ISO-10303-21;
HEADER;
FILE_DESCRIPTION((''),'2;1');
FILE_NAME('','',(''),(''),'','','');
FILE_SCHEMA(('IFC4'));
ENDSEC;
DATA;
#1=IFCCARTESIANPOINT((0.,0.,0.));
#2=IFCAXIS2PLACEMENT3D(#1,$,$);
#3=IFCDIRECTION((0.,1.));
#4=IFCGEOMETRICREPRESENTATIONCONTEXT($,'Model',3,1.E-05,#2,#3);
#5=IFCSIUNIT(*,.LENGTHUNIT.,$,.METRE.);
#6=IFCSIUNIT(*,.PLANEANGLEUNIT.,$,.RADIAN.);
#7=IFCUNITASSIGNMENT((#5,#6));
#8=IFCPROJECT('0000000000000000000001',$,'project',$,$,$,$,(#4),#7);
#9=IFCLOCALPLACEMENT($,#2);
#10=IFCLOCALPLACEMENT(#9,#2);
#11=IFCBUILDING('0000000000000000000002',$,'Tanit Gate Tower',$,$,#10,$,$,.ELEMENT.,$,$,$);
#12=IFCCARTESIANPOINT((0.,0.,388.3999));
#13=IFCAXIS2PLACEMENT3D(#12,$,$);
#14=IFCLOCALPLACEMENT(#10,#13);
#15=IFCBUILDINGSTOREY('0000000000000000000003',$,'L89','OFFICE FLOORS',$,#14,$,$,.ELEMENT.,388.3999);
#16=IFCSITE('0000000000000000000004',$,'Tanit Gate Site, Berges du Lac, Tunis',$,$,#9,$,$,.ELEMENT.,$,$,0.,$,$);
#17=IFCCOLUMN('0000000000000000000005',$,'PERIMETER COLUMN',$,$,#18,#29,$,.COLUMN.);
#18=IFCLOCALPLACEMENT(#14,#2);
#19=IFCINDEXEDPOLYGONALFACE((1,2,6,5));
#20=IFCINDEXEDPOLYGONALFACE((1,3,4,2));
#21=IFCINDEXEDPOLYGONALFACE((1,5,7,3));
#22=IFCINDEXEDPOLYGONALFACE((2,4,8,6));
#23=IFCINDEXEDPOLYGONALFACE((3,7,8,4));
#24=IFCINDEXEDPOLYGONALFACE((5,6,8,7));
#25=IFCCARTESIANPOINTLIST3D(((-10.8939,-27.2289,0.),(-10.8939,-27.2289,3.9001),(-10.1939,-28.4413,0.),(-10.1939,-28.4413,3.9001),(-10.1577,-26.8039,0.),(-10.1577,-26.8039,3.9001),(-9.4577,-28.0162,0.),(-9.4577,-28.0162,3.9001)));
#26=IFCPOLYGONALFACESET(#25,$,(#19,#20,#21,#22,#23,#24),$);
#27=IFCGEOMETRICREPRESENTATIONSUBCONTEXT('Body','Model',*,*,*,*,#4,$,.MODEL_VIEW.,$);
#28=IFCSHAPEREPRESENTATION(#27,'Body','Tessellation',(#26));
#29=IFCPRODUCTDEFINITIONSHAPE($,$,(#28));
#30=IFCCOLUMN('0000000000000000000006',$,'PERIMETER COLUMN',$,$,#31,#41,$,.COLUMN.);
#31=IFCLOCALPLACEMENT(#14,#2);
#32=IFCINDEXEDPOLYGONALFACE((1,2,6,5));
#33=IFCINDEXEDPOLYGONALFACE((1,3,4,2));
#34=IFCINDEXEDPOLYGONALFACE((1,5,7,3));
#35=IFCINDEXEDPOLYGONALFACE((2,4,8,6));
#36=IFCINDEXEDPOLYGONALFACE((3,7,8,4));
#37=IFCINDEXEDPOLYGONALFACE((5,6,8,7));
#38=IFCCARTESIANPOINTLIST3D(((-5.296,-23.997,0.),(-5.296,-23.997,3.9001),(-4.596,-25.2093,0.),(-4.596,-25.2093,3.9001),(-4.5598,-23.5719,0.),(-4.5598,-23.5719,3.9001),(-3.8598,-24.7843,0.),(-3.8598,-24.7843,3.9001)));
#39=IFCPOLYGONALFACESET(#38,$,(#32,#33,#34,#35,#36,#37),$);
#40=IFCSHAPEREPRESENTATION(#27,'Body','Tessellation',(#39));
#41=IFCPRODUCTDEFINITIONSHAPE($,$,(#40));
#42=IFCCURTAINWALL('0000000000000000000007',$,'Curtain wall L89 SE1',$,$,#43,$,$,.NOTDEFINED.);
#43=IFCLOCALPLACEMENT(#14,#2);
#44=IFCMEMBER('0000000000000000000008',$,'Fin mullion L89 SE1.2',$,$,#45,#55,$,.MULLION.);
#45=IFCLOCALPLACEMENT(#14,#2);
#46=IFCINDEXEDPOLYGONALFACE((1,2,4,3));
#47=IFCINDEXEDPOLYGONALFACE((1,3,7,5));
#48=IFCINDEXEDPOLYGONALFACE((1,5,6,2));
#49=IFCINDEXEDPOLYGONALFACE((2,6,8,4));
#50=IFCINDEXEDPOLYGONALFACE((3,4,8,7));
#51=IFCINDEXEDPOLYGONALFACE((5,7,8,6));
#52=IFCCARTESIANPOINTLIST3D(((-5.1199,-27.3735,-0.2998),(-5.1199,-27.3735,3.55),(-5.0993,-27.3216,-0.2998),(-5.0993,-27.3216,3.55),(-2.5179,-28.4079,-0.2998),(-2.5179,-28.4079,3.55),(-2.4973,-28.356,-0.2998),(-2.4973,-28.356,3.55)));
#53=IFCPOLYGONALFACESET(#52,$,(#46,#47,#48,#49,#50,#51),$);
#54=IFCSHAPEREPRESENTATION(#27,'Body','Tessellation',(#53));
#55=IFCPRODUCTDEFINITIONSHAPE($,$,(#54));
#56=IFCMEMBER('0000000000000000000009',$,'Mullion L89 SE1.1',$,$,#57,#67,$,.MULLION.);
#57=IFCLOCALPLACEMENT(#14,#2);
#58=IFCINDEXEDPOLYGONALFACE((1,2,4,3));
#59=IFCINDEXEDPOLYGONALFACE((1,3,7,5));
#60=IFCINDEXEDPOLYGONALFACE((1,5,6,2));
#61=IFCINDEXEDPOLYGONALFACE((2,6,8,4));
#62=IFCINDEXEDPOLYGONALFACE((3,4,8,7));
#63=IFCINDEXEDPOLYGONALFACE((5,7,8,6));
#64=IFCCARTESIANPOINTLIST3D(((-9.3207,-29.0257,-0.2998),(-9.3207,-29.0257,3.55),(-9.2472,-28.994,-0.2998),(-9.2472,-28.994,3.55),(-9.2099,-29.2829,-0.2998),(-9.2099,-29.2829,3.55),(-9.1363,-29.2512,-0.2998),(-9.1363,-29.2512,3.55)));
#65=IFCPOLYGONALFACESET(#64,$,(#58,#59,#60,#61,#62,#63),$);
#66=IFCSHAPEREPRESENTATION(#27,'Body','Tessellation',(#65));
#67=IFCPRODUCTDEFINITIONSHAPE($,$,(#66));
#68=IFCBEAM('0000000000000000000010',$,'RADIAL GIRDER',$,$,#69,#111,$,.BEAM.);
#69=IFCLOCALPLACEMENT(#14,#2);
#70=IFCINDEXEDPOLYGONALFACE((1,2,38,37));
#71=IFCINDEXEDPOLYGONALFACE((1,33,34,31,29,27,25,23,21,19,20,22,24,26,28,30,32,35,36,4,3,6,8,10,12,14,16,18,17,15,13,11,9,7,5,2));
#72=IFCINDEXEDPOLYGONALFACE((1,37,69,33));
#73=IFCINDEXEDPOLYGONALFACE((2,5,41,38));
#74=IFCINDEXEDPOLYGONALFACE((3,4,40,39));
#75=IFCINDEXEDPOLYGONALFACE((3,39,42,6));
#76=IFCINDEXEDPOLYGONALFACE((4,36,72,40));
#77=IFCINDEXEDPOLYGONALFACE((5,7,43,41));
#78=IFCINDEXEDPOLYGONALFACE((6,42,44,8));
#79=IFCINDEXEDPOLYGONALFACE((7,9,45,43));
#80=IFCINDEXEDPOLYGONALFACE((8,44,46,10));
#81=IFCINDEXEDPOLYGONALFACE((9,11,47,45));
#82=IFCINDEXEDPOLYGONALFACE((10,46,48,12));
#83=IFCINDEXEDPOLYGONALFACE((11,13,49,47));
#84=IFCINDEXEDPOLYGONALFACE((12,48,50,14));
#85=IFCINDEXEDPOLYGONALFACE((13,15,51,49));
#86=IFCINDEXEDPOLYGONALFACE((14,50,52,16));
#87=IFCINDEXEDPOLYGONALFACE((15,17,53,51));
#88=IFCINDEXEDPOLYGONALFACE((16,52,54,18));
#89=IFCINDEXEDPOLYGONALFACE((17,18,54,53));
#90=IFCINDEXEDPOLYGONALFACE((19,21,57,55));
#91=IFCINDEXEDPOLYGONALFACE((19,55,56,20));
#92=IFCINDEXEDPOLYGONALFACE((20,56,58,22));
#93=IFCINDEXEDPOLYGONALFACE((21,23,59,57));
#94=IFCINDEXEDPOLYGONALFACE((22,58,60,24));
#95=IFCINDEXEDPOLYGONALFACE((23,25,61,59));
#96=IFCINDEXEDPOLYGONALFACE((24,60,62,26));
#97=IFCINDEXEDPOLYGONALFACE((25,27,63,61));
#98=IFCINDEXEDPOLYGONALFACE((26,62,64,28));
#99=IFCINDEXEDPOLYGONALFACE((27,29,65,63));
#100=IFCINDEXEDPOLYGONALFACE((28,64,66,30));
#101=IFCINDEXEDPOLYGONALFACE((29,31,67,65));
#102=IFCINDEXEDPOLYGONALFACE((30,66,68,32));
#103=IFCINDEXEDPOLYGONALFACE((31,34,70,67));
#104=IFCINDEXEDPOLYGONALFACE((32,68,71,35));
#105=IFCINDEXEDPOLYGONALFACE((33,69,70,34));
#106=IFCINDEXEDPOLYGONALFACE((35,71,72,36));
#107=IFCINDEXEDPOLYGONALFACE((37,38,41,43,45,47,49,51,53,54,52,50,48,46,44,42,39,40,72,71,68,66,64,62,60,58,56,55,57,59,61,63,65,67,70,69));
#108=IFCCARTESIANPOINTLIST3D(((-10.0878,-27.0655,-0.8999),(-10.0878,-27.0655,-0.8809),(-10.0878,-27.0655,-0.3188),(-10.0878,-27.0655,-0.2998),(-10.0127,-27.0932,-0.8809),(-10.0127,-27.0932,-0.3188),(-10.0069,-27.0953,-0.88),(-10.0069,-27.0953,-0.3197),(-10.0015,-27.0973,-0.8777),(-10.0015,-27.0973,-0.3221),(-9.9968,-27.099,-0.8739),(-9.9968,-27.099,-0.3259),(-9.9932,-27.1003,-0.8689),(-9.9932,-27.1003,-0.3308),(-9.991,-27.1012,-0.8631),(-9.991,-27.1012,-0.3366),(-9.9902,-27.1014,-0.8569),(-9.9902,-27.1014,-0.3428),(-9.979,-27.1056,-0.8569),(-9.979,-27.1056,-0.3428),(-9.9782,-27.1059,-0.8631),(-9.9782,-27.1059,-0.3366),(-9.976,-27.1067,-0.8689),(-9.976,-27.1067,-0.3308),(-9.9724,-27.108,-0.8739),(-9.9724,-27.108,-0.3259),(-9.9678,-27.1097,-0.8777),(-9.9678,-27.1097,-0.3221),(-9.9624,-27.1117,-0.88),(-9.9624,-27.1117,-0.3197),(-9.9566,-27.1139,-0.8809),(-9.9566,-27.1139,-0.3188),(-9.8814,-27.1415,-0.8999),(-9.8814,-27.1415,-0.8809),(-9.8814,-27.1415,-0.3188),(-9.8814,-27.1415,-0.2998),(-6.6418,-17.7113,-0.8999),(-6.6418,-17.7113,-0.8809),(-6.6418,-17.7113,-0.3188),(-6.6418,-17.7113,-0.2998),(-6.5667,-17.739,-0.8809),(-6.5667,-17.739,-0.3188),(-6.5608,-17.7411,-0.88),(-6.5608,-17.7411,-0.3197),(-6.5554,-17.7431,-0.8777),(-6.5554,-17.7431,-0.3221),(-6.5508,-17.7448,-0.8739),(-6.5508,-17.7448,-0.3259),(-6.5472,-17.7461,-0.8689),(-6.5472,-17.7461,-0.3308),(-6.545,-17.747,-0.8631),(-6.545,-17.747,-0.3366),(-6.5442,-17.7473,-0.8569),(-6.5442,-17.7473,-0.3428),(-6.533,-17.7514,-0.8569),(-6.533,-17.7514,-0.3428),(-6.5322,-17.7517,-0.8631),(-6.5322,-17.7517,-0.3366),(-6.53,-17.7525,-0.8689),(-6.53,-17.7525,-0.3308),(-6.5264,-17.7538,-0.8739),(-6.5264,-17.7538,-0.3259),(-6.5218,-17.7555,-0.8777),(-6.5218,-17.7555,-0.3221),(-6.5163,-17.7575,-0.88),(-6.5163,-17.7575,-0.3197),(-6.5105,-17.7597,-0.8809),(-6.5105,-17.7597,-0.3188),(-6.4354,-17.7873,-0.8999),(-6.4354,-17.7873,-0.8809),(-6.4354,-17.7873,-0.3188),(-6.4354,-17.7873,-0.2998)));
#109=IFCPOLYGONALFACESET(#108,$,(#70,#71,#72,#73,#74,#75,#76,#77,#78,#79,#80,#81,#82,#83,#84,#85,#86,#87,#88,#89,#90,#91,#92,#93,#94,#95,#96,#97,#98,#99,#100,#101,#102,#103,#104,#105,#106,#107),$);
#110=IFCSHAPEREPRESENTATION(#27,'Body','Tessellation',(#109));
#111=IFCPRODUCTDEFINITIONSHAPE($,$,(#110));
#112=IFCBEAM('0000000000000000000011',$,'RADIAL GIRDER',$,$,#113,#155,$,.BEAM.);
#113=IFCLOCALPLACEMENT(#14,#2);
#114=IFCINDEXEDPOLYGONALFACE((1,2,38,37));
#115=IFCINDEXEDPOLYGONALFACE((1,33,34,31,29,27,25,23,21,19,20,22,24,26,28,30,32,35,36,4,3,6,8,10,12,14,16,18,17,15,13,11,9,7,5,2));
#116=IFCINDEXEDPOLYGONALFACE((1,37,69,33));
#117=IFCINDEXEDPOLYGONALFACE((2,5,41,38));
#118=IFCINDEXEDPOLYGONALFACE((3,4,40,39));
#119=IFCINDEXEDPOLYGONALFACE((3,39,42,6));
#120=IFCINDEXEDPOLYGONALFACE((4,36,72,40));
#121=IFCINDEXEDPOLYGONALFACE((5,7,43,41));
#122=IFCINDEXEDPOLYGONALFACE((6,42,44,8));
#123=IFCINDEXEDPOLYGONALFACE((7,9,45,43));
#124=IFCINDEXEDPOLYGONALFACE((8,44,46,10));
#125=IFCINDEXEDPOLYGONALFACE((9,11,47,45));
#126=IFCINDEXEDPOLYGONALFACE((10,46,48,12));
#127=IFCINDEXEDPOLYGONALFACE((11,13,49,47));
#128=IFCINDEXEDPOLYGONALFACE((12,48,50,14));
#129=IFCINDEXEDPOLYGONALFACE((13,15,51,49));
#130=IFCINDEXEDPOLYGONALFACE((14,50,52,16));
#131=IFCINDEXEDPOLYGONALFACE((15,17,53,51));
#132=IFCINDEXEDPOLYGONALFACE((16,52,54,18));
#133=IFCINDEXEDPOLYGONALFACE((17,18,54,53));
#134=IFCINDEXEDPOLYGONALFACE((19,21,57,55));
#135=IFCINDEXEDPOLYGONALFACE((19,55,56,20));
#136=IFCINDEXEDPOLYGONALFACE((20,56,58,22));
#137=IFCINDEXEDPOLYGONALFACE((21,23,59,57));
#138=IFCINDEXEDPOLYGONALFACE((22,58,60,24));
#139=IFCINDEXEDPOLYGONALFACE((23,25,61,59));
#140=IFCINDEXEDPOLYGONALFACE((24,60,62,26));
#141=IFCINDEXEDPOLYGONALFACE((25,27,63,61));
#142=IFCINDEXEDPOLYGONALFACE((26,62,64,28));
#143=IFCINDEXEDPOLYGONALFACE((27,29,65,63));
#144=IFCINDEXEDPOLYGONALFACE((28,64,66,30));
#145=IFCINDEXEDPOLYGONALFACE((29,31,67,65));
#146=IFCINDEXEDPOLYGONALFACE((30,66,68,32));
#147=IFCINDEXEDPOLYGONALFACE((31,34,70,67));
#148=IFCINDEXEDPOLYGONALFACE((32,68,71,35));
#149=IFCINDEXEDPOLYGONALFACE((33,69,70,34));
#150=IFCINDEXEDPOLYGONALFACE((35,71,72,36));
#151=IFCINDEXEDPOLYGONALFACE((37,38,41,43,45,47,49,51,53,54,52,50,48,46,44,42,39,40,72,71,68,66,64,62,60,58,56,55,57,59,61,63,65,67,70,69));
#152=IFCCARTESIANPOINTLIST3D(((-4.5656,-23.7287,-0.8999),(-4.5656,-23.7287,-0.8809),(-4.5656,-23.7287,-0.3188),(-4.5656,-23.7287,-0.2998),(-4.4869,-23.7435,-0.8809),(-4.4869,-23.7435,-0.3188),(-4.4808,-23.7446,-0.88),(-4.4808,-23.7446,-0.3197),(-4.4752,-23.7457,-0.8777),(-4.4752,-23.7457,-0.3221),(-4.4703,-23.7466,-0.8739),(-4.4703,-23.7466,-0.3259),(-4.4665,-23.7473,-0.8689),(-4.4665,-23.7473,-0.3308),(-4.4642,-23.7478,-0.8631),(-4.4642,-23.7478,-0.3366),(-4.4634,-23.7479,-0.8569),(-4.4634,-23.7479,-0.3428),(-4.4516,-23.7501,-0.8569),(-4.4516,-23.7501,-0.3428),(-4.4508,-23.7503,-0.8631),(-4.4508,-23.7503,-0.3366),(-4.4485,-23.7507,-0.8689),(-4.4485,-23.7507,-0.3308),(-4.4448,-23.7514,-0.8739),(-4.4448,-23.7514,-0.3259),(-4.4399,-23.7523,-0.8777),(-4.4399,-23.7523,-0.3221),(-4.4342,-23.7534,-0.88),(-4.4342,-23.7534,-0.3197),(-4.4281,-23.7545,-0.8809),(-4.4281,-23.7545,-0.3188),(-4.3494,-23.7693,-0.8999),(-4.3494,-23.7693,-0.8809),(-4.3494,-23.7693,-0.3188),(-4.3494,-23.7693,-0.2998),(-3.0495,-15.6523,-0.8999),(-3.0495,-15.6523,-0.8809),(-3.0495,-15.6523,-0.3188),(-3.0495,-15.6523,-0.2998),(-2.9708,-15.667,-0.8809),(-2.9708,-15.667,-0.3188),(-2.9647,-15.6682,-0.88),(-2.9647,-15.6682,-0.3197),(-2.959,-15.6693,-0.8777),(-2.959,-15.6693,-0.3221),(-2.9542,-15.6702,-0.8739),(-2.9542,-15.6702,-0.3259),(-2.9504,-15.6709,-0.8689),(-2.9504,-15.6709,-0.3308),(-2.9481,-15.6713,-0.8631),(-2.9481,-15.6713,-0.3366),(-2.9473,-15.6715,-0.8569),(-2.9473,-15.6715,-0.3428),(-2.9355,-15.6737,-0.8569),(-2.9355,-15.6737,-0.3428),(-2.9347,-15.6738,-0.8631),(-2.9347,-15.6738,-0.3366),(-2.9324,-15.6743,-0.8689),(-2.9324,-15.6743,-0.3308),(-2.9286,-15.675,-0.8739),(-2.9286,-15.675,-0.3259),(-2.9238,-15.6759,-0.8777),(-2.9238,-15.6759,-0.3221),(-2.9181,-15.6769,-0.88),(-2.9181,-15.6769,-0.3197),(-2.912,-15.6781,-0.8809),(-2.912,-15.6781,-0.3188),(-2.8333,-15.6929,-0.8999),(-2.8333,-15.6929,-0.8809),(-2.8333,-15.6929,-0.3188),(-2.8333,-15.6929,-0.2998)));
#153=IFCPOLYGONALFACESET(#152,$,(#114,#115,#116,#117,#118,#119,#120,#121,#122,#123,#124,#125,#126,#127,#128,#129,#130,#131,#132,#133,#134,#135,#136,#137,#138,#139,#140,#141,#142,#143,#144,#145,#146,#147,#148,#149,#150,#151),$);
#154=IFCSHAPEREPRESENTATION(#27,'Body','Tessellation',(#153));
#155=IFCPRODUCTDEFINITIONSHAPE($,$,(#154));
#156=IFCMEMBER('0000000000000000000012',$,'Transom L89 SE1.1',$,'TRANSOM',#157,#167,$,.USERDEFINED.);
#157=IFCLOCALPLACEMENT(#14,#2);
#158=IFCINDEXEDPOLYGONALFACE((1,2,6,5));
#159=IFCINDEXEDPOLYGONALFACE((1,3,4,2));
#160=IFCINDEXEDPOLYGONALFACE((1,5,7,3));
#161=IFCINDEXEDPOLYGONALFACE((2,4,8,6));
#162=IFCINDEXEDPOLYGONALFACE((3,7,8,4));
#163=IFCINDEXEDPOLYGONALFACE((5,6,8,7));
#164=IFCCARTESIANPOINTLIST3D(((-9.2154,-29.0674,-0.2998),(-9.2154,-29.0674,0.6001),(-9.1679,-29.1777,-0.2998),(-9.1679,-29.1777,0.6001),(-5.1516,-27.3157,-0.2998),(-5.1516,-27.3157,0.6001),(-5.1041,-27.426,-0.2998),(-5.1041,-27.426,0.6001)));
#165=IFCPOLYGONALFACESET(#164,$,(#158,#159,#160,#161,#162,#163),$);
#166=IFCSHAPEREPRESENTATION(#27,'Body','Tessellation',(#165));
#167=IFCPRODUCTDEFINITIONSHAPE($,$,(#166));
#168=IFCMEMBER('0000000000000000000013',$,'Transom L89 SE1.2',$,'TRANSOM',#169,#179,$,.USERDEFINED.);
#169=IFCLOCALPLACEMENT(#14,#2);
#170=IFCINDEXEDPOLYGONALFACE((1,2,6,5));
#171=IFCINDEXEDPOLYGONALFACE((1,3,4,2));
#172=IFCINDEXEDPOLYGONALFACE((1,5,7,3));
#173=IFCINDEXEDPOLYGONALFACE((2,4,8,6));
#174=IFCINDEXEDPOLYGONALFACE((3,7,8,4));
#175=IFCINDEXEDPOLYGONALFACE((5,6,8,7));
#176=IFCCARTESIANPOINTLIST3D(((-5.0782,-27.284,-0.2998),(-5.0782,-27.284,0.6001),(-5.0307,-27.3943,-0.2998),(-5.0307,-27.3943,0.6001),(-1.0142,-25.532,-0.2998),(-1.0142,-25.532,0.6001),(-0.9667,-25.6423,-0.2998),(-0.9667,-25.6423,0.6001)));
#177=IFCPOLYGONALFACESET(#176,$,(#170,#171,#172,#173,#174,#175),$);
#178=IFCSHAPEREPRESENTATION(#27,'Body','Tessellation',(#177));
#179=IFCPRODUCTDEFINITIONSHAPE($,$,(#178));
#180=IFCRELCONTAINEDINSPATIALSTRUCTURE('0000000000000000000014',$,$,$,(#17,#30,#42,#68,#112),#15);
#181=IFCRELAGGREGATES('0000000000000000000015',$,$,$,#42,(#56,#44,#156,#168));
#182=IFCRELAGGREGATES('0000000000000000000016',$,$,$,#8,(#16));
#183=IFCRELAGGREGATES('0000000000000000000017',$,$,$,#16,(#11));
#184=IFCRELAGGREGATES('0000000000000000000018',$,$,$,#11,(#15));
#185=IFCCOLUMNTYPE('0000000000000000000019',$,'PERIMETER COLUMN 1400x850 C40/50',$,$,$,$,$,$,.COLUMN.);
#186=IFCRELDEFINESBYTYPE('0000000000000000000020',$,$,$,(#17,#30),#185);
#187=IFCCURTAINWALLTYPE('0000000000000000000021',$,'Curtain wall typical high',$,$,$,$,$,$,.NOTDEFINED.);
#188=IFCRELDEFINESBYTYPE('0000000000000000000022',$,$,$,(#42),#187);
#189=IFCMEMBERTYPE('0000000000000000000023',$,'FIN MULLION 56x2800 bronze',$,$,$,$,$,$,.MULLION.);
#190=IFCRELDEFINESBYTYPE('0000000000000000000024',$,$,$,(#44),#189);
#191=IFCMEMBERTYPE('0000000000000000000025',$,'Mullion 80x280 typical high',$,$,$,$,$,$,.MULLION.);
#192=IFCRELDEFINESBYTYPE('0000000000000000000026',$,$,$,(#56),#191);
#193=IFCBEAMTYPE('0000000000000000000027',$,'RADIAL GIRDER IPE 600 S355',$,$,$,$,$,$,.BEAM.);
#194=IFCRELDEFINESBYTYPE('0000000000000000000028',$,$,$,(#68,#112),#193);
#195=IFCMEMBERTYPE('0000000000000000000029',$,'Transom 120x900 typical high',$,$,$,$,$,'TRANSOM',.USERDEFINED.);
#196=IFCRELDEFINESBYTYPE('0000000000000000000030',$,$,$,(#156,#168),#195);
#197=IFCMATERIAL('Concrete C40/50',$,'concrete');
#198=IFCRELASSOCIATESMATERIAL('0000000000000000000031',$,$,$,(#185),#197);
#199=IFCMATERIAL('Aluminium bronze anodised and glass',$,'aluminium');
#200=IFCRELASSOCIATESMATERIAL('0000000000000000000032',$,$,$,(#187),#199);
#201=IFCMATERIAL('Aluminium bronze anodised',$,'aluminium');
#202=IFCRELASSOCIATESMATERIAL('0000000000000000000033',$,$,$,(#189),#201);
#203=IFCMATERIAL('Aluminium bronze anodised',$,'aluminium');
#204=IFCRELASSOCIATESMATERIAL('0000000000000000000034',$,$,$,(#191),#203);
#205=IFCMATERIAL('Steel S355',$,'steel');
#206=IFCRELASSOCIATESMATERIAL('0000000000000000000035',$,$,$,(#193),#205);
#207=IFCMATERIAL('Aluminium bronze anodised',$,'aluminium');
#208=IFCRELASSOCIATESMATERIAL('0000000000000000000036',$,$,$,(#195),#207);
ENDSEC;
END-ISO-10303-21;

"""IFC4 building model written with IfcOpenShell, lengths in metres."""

from ifc_helpers import new_model, si_unit, direction, frame, origin, origin_2d, place, context, subcontext, project, spatial, rectangle, i_section, extrude, material, material_profile, profile_set, type_object, element, aggregate, save


model = new_model("IFC4")

# Units and contexts
model_context = context("Model", 3, precision=1e-05, world=origin(), true_north=direction((0.0, 1.0)))
body_context = subcontext(model_context, "Body", "Model", "MODEL_VIEW")
ifc_project = project(units=[si_unit("LENGTHUNIT", "METRE"), si_unit("PLANEANGLEUNIT", "RADIAN")], contexts=[model_context])

# Site, building, storey
site_placement = place(None, origin())
site = spatial("IfcSite", under=ifc_project, at=site_placement, Name="Tanit Gate Site, Berges du Lac, Tunis", CompositionType="ELEMENT", RefElevation=0.0)
building_placement = place(site_placement, origin())
building = spatial("IfcBuilding", under=site, at=building_placement, Name="Tanit Gate Tower", CompositionType="ELEMENT")
storey_placement = place(building_placement, frame((0.0, 0.0, 388.3999)))
storey = spatial("IfcBuildingStorey", under=building, at=storey_placement, Name="L89", Description="OFFICE FLOORS", CompositionType="ELEMENT", Elevation=388.3999)

# Columns
ifc_material_1 = material(Name="Concrete C40/50", Category="concrete")
ifc_material_profile_1 = material_profile(ifc_material_1, rectangle(XDim=1.3999, YDim=0.8501, at=origin_2d()), Name="RC 1400x850")
ifc_profile_set_1 = profile_set([ifc_material_profile_1], Name="Concrete C40/50")
column_type = type_object("IfcColumnType", Name="PERIMETER COLUMN 1400x850 C40/50", PredefinedType="COLUMN", material=ifc_profile_set_1)
for number, where, z_axis, x_axis, name in (
    (1, (-10.1758, -27.6226, 0.0), (0.0, 0.0, 1.0), (0.5, -0.866025, 0.0), "PERIMETER COLUMN"),
    (2, (-4.5779, -24.3906, 0.0), (0.0, 0.0, 1.0), (0.5, -0.866025, 0.0), "PERIMETER COLUMN"),
):
    element("IfcColumn", number, at=place(storey_placement, frame(where, z_axis=z_axis, x_axis=x_axis)), inside=storey, type_object=column_type, Name=name, PredefinedType="COLUMN", context=body_context, shape_type="SweptSolid", body=[
        extrude(rectangle(XDim=1.3999, YDim=0.8501, at=origin_2d()), origin(), (0.0, 0.0, 1.0), 3.9001),
    ])

# Curtain wall, members
ifc_material_2 = material(Name="Aluminium bronze anodised and glass", Category="aluminium")
curtain_wall_type = type_object("IfcCurtainWallType", Name="Curtain wall typical high", PredefinedType="NOTDEFINED", material=ifc_material_2)
curtain_wall_placement = place(storey_placement, origin())
curtain_wall = element("IfcCurtainWall", 3, at=curtain_wall_placement, inside=storey, type_object=curtain_wall_type, Name="Curtain wall L89 SE1", PredefinedType="NOTDEFINED")
ifc_material_3 = material(Name="Aluminium bronze anodised", Category="aluminium")
ifc_material_profile_2 = material_profile(ifc_material_3, rectangle(XDim=2.8, YDim=0.0559, at=origin_2d()), Name="56x2800 bronze fin mullion")
ifc_profile_set_2 = profile_set([ifc_material_profile_2], Name="Aluminium bronze anodised")
member_type_1 = type_object("IfcMemberType", Name="FIN MULLION 56x2800 bronze", PredefinedType="MULLION", material=ifc_profile_set_2)
member_1_placement = place(storey_placement, frame((-3.8086, -27.8647, -0.2998), z_axis=(0.0, 0.0, 1.0), x_axis=(-0.929264, 0.369417, 0.0)))
member_1 = element("IfcMember", 4, at=member_1_placement, type_object=member_type_1, Name="Fin mullion L89 SE1.2", PredefinedType="MULLION", context=body_context, shape_type="SweptSolid", body=[
    extrude(rectangle(XDim=2.8, YDim=0.0559, at=origin_2d()), origin(), (0.0, 0.0, 1.0), 3.8499),
])
ifc_material_4 = material(Name="Aluminium bronze anodised", Category="aluminium")
ifc_material_profile_3 = material_profile(ifc_material_4, rectangle(XDim=0.28, YDim=0.0801, at=origin_2d()), Name="80x280 bronze mullion")
ifc_profile_set_3 = profile_set([ifc_material_profile_3], Name="Aluminium bronze anodised")
member_type_2 = type_object("IfcMemberType", Name="Mullion 80x280 typical high", PredefinedType="MULLION", material=ifc_profile_set_3)
member_2_placement = place(storey_placement, frame((-9.2285, -29.1384, -0.2998), z_axis=(0.0, 0.0, 1.0), x_axis=(-0.395871, 0.918306, 0.0)))
member_2 = element("IfcMember", 5, at=member_2_placement, type_object=member_type_2, Name="Mullion L89 SE1.1", PredefinedType="MULLION", context=body_context, shape_type="SweptSolid", body=[
    extrude(rectangle(XDim=0.28, YDim=0.0801, at=origin_2d()), origin(), (0.0, 0.0, 1.0), 3.8499),
])

# Beams
ifc_material_5 = material(Name="Steel S355", Category="steel")
ifc_material_profile_4 = material_profile(ifc_material_5, i_section(OverallWidth=0.22, OverallDepth=0.6001, WebThickness=0.012, FlangeThickness=0.019, FilletRadius=0.0239, at=origin_2d()), Name="IPE 600")
ifc_profile_set_4 = profile_set([ifc_material_profile_4], Name="Steel S355")
beam_type = type_object("IfcBeamType", Name="RADIAL GIRDER IPE 600 S355", PredefinedType="BEAM", material=ifc_profile_set_4)
beam_1_placement = place(storey_placement, frame((-9.9846, -27.1035, -0.5999), z_axis=(0.345683, 0.938351, 0.0), x_axis=(-0.938351, 0.345683, 0.0)))
element("IfcBeam", 6, at=beam_1_placement, inside=storey, type_object=beam_type, Name="RADIAL GIRDER", PredefinedType="BEAM", context=body_context, shape_type="SweptSolid", body=[
    extrude(i_section(OverallWidth=0.22, OverallDepth=0.6001, WebThickness=0.012, FlangeThickness=0.019, FilletRadius=0.0239, at=origin_2d()), origin(), (0.0, 0.0, 1.0), 9.9688),
])
beam_2_placement = place(storey_placement, frame((-4.4575, -23.749, -0.5999), z_axis=(0.184498, 0.982833, 0.0), x_axis=(-0.982833, 0.184498, 0.0)))
element("IfcBeam", 7, at=beam_2_placement, inside=storey, type_object=beam_type, Name="RADIAL GIRDER", PredefinedType="BEAM", context=body_context, shape_type="SweptSolid", body=[
    extrude(i_section(OverallWidth=0.22, OverallDepth=0.6001, WebThickness=0.012, FlangeThickness=0.019, FilletRadius=0.0239, at=origin_2d()), origin(), (0.0, 0.0, 1.0), 8.2175),
])

# Members
ifc_material_6 = material(Name="Aluminium bronze anodised", Category="aluminium")
ifc_material_profile_5 = material_profile(ifc_material_6, rectangle(XDim=0.1201, YDim=0.8999, at=origin_2d()), Name="120x900 bronze transom")
ifc_profile_set_5 = profile_set([ifc_material_profile_5], Name="Aluminium bronze anodised")
member_type_3 = type_object("IfcMemberType", Name="Transom 120x900 typical high", ElementType="TRANSOM", PredefinedType="USERDEFINED", material=ifc_profile_set_5)
member_3_placement = place(storey_placement, frame((-9.1917, -29.1226, 0.1501), z_axis=(0.918315, 0.395849, 0.0), x_axis=(-0.395849, 0.918315, 0.0)))
member_3 = element("IfcMember", 8, at=member_3_placement, type_object=member_type_3, Name="Transom L89 SE1.1", ObjectType="TRANSOM", PredefinedType="USERDEFINED", context=body_context, shape_type="SweptSolid", body=[
    extrude(rectangle(XDim=0.1201, YDim=0.8999, at=origin_2d()), origin(), (0.0, 0.0, 1.0), 4.4253),
])
member_4_placement = place(storey_placement, frame((-5.0544, -27.3391, 0.1501), z_axis=(0.918304, 0.395876, 0.0), x_axis=(-0.395876, 0.918304, 0.0)))
member_4 = element("IfcMember", 9, at=member_4_placement, type_object=member_type_3, Name="Transom L89 SE1.2", ObjectType="TRANSOM", PredefinedType="USERDEFINED", context=body_context, shape_type="SweptSolid", body=[
    extrude(rectangle(XDim=0.1201, YDim=0.8999, at=origin_2d()), origin(), (0.0, 0.0, 1.0), 4.4255),
])

aggregate(curtain_wall, [member_2, member_1, member_3, member_4])

save(model, "model.ifc")
